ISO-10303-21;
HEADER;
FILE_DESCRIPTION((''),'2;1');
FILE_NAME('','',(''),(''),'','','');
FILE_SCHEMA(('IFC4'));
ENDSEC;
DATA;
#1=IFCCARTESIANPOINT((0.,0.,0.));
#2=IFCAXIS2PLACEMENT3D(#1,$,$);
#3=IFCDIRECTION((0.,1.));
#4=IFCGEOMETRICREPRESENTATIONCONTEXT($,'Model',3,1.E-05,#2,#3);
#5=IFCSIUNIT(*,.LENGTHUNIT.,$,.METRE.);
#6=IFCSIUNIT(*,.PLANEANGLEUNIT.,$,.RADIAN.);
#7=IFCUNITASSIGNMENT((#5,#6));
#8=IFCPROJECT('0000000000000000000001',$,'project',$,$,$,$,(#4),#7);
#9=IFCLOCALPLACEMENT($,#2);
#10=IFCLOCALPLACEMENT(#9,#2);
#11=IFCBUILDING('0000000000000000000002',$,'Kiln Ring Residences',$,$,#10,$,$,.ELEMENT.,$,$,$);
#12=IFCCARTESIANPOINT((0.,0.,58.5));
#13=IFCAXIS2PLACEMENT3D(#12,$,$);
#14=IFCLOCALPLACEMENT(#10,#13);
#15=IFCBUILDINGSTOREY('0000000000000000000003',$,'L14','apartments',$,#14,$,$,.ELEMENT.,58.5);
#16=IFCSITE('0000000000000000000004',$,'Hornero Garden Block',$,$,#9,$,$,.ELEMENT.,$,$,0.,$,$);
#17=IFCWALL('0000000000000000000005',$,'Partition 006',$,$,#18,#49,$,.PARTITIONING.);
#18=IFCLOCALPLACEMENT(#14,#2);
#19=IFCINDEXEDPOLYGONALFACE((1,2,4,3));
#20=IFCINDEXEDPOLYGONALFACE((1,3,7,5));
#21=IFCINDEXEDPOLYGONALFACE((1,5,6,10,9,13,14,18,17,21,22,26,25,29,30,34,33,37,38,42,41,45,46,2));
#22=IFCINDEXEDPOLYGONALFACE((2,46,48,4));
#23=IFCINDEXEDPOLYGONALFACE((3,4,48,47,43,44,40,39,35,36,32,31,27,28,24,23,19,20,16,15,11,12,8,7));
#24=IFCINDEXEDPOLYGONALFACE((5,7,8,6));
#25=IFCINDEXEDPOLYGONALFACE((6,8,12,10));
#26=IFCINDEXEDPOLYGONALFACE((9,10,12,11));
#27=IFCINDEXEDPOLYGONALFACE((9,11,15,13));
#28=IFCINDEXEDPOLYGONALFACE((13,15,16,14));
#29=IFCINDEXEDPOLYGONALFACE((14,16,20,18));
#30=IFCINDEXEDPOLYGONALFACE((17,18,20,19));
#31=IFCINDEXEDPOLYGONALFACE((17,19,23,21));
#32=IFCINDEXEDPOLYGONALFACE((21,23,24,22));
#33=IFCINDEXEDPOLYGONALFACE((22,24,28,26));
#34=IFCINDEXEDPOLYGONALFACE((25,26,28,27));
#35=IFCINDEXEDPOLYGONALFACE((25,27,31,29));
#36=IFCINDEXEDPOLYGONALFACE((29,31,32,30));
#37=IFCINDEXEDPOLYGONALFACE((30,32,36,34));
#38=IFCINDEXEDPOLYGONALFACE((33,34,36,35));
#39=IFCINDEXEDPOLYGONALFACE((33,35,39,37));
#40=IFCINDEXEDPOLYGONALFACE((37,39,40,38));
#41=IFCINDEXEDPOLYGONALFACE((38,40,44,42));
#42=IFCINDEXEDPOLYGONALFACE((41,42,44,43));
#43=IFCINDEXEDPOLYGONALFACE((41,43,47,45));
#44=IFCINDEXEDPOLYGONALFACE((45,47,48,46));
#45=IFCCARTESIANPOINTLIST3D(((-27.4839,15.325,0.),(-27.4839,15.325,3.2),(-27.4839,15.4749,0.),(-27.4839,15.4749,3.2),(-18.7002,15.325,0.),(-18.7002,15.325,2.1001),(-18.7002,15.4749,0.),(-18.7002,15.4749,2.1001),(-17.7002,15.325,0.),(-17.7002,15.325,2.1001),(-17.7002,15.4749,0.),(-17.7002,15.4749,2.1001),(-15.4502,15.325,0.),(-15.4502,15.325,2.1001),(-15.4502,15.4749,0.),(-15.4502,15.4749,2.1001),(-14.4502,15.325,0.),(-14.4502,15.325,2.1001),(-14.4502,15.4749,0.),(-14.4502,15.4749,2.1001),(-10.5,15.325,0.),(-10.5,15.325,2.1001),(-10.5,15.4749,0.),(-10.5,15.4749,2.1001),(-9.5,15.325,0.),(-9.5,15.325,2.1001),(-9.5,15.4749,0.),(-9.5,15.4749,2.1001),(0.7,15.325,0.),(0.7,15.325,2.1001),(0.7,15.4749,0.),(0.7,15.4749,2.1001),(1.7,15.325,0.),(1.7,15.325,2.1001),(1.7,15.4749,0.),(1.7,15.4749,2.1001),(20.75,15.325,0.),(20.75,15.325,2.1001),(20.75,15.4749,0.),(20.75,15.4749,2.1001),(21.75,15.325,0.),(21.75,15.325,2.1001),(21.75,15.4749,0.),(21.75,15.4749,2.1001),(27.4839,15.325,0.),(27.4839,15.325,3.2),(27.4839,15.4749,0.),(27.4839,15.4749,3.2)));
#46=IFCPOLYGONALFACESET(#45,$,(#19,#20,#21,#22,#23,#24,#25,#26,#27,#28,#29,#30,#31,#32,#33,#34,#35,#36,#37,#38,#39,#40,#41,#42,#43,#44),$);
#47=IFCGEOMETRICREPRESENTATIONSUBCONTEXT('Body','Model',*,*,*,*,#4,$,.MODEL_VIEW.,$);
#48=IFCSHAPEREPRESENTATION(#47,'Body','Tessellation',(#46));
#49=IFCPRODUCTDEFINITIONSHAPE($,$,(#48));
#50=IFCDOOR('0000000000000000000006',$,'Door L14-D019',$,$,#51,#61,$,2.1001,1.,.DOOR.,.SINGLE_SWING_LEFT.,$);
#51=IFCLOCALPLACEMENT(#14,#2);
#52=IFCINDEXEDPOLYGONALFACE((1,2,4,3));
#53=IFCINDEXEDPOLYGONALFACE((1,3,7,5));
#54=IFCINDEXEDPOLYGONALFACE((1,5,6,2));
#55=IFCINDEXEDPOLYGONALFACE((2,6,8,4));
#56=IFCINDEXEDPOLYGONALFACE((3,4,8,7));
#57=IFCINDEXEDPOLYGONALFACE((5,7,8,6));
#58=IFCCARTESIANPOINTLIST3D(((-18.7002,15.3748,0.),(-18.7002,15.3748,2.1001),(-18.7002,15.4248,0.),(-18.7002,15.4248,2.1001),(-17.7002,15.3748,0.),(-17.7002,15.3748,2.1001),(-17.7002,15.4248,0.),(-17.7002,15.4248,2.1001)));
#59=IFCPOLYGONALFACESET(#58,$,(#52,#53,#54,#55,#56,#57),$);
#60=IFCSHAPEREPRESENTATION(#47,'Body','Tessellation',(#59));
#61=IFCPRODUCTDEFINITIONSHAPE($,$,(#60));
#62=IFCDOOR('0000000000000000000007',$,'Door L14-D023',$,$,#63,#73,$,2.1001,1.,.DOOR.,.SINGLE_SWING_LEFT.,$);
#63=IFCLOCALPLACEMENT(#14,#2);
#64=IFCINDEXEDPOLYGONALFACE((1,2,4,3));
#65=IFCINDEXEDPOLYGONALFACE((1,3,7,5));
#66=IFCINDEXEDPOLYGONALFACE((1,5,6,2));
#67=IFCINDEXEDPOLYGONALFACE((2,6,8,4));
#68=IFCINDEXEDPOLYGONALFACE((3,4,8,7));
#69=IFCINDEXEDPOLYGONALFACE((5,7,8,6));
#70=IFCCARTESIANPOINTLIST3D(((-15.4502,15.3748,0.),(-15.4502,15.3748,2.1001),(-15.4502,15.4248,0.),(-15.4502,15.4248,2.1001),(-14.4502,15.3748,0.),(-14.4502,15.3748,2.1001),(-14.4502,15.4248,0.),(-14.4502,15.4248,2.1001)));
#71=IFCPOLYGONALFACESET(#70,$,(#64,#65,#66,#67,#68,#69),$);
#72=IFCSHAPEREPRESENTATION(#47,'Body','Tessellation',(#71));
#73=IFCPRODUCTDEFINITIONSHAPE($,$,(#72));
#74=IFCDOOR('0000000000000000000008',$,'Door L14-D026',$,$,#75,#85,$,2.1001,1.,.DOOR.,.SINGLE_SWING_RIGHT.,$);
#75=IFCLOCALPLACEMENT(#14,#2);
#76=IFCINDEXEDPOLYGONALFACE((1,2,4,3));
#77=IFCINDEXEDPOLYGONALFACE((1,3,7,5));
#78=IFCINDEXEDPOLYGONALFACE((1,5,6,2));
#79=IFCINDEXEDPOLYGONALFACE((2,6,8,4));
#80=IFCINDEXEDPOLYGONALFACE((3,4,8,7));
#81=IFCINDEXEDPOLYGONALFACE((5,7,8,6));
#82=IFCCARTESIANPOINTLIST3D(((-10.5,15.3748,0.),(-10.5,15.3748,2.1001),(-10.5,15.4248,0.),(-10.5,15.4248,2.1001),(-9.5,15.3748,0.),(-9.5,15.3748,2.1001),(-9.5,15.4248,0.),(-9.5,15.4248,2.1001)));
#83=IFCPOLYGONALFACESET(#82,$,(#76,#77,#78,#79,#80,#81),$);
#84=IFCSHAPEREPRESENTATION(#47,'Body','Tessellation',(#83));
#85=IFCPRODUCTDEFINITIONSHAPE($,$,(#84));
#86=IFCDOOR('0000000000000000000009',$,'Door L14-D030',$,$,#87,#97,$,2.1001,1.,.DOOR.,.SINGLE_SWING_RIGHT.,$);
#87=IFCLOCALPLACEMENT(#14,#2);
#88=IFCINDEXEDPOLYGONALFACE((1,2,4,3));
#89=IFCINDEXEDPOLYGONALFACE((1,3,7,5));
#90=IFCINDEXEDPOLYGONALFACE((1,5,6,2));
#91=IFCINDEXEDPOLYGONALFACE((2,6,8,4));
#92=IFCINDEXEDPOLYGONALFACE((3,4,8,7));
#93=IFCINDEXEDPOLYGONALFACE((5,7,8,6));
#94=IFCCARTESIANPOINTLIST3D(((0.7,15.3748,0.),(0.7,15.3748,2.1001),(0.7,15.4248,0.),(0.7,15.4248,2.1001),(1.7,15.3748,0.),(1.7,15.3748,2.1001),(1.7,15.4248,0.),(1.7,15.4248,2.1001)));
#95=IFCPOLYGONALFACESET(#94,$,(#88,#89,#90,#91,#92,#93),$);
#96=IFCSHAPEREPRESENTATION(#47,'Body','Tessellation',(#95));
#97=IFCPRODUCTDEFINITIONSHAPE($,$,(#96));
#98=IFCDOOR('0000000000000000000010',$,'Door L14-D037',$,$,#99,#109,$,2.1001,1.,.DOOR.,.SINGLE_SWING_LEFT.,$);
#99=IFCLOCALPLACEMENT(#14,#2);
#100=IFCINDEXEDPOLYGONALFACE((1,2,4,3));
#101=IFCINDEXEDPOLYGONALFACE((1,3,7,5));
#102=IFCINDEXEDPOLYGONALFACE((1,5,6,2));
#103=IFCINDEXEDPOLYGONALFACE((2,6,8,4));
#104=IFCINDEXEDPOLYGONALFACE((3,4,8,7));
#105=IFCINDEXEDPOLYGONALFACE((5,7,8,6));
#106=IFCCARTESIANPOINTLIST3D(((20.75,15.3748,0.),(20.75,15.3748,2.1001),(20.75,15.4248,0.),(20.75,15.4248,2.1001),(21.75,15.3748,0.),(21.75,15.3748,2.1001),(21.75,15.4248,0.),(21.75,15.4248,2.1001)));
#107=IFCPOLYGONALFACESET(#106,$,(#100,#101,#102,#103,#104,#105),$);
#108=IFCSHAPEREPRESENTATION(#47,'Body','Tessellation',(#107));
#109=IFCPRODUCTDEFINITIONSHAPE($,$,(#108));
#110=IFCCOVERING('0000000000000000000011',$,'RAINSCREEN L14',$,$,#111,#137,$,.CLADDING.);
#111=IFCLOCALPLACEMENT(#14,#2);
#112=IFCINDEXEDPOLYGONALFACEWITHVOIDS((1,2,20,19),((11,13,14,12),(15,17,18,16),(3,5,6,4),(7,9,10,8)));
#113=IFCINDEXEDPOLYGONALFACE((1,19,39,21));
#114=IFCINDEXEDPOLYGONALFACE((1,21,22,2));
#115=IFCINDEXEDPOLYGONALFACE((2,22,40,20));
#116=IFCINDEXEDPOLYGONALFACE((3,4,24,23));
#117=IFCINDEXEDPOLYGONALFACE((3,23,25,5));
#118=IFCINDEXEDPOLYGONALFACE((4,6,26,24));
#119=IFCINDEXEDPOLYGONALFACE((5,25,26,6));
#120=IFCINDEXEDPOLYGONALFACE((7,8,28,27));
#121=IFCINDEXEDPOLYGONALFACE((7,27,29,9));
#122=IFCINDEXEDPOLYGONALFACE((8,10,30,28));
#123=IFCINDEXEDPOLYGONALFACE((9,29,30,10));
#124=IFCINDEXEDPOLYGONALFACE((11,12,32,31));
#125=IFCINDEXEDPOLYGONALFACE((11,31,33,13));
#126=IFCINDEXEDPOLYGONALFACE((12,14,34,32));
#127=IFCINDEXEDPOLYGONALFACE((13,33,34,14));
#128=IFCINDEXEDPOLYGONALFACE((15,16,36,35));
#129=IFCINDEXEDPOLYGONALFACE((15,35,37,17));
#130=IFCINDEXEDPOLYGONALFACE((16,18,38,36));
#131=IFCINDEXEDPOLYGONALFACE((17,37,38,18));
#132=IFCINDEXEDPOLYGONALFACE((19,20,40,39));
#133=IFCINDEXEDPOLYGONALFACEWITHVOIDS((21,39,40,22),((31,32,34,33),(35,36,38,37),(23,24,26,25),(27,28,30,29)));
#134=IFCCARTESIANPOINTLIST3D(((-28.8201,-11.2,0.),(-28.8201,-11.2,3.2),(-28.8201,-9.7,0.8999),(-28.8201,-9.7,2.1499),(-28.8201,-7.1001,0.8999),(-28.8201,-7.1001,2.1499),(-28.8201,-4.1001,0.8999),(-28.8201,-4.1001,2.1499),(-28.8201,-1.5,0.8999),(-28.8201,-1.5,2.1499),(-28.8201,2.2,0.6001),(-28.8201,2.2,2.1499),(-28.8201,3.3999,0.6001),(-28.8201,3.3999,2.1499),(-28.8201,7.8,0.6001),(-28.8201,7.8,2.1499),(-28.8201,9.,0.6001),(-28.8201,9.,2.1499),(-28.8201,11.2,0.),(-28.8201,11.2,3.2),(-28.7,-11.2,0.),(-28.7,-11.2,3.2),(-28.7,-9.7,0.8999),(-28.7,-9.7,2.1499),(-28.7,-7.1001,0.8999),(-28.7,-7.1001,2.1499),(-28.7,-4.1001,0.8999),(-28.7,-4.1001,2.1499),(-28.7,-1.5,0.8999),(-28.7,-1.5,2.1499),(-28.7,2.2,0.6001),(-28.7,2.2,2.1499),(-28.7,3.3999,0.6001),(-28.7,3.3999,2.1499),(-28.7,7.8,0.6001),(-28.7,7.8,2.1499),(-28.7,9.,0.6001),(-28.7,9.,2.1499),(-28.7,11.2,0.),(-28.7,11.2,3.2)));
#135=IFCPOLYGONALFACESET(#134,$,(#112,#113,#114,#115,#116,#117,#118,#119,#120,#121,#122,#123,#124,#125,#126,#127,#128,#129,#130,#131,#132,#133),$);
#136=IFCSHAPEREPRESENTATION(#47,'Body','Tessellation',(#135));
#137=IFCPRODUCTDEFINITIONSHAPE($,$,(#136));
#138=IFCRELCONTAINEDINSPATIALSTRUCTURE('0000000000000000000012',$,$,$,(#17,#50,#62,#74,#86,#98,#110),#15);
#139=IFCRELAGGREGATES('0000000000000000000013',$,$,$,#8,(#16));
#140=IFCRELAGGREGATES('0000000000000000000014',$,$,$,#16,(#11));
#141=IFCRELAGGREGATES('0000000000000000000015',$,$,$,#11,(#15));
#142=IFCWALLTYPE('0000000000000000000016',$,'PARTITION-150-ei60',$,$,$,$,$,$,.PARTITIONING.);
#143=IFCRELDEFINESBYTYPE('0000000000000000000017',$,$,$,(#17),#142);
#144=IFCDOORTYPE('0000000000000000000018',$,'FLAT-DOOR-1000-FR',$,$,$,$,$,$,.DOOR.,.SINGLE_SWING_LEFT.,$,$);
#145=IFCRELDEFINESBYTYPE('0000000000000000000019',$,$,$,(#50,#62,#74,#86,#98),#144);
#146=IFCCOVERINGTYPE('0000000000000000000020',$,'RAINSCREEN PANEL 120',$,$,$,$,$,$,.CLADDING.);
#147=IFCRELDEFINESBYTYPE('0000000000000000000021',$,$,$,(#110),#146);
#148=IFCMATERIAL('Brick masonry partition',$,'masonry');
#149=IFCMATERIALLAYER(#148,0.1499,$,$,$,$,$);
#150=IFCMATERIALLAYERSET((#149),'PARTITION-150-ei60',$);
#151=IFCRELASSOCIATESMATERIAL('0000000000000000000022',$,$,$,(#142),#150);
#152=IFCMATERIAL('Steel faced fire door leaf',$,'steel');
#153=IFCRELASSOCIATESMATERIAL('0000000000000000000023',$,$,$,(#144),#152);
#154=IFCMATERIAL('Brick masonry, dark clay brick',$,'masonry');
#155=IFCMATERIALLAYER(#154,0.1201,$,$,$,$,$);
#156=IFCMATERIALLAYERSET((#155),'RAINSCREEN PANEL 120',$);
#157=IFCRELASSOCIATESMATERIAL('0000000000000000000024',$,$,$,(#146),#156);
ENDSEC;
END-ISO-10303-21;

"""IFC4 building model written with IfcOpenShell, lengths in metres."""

from ifc_helpers import new_model, si_unit, direction, frame, frame_2d, origin, place, context, subcontext, project, spatial, polyline, rectangle, outline, extrude, material, layer, layer_set, type_object, element, fill, save


model = new_model("IFC4")

# Units and contexts
model_context = context("Model", 3, precision=1e-05, world=origin(), true_north=direction((0.0, 1.0)))
body_context = subcontext(model_context, "Body", "Model", "MODEL_VIEW")
ifc_project = project(units=[si_unit("LENGTHUNIT", "METRE"), si_unit("PLANEANGLEUNIT", "RADIAN")], contexts=[model_context])

# Site, building, storey
site_placement = place(None, origin())
site = spatial("IfcSite", under=ifc_project, at=site_placement, Name="Hornero Garden Block", CompositionType="ELEMENT", RefElevation=0.0)
building_placement = place(site_placement, origin())
building = spatial("IfcBuilding", under=site, at=building_placement, Name="Kiln Ring Residences", CompositionType="ELEMENT")
storey_placement = place(building_placement, frame((0.0, 0.0, 58.5)))
storey = spatial("IfcBuildingStorey", under=building, at=storey_placement, Name="L14", Description="apartments", CompositionType="ELEMENT", Elevation=58.5)

# Wall, openings, doors
ifc_material_1 = material(Name="Brick masonry partition", Category="masonry")
ifc_layer_1 = layer(ifc_material_1, 0.1499)
ifc_layer_set_1 = layer_set([ifc_layer_1], Name="PARTITION-150-ei60")
wall_type_1 = type_object("IfcWallType", Name="PARTITION-150-ei60", PredefinedType="PARTITIONING", material=ifc_layer_set_1)
wall_1_placement = place(storey_placement, frame((-27.4839, 15.3999, 0.0), z_axis=(0.0, 0.0, 1.0), x_axis=(1.0, 0.0, 0.0)))
wall_1 = element("IfcWall", 1, at=wall_1_placement, inside=storey, type_object=wall_type_1, Name="Partition 006", PredefinedType="PARTITIONING", context=body_context, shape_type="SweptSolid", body=[
    extrude(rectangle(XDim=54.9678, YDim=0.1499, at=frame_2d((27.4839, 0.0))), origin(), (0.0, 0.0, 1.0), 3.2),
])
opening_1_placement = place(wall_1_placement, frame((8.7837, 0.0, 0.0)))
opening_1 = element("IfcOpeningElement", 2, at=opening_1_placement, cuts=wall_1, PredefinedType="OPENING", context=body_context, shape_type="SweptSolid", body=[
    extrude(rectangle(XDim=1.0, YDim=2.1001, at=frame_2d((0.5, 1.05))), frame((0.0, 0.085, 0.0), z_axis=(0.0, -1.0, 0.0), x_axis=(1.0, 0.0, 0.0)), (0.0, 0.0, 1.0), 0.1699),
])
opening_2_placement = place(wall_1_placement, frame((12.0337, 0.0, 0.0)))
opening_2 = element("IfcOpeningElement", 3, at=opening_2_placement, cuts=wall_1, PredefinedType="OPENING", context=body_context, shape_type="SweptSolid", body=[
    extrude(rectangle(XDim=1.0, YDim=2.1001, at=frame_2d((0.5, 1.05))), frame((0.0, 0.085, 0.0), z_axis=(0.0, -1.0, 0.0), x_axis=(1.0, 0.0, 0.0)), (0.0, 0.0, 1.0), 0.1699),
])
opening_3_placement = place(wall_1_placement, frame((16.9839, 0.0, 0.0)))
opening_3 = element("IfcOpeningElement", 4, at=opening_3_placement, cuts=wall_1, PredefinedType="OPENING", context=body_context, shape_type="SweptSolid", body=[
    extrude(rectangle(XDim=1.0, YDim=2.1001, at=frame_2d((0.5, 1.05))), frame((0.0, 0.085, 0.0), z_axis=(0.0, -1.0, 0.0), x_axis=(1.0, 0.0, 0.0)), (0.0, 0.0, 1.0), 0.1699),
])
opening_4_placement = place(wall_1_placement, frame((28.1838, 0.0, 0.0)))
opening_4 = element("IfcOpeningElement", 5, at=opening_4_placement, cuts=wall_1, PredefinedType="OPENING", context=body_context, shape_type="SweptSolid", body=[
    extrude(rectangle(XDim=1.0, YDim=2.1001, at=frame_2d((0.5, 1.05))), frame((0.0, 0.085, 0.0), z_axis=(0.0, -1.0, 0.0), x_axis=(1.0, 0.0, 0.0)), (0.0, 0.0, 1.0), 0.1699),
])
opening_5_placement = place(wall_1_placement, frame((48.2339, 0.0, 0.0)))
opening_5 = element("IfcOpeningElement", 6, at=opening_5_placement, cuts=wall_1, PredefinedType="OPENING", context=body_context, shape_type="SweptSolid", body=[
    extrude(rectangle(XDim=1.0, YDim=2.1001, at=frame_2d((0.5, 1.05))), frame((0.0, 0.085, 0.0), z_axis=(0.0, -1.0, 0.0), x_axis=(1.0, 0.0, 0.0)), (0.0, 0.0, 1.0), 0.1699),
])
ifc_material_2 = material(Name="Steel faced fire door leaf", Category="steel")
door_type_1 = type_object("IfcDoorType", Name="FLAT-DOOR-1000-FR", OperationType="SINGLE_SWING_LEFT", PredefinedType="DOOR", material=ifc_material_2)
door_1_placement = place(opening_1_placement, origin())
door_1 = element("IfcDoor", 7, at=door_1_placement, inside=storey, type_object=door_type_1, Name="Door L14-D019", OperationType="SINGLE_SWING_LEFT", OverallHeight=2.1001, OverallWidth=1.0, PredefinedType="DOOR", context=body_context, shape_type="SweptSolid", body=[
    extrude(rectangle(XDim=1.0, YDim=2.1001, at=frame_2d((0.5, 1.05))), frame((0.0, 0.0249, 0.0), z_axis=(0.0, -1.0, 0.0), x_axis=(1.0, 0.0, 0.0)), (0.0, 0.0, 1.0), 0.05),
])
fill(opening_1, door_1)
door_2_placement = place(opening_2_placement, origin())
door_2 = element("IfcDoor", 8, at=door_2_placement, inside=storey, type_object=door_type_1, Name="Door L14-D023", OperationType="SINGLE_SWING_LEFT", OverallHeight=2.1001, OverallWidth=1.0, PredefinedType="DOOR", context=body_context, shape_type="SweptSolid", body=[
    extrude(rectangle(XDim=1.0, YDim=2.1001, at=frame_2d((0.5, 1.05))), frame((0.0, 0.0249, 0.0), z_axis=(0.0, -1.0, 0.0), x_axis=(1.0, 0.0, 0.0)), (0.0, 0.0, 1.0), 0.05),
])
fill(opening_2, door_2)
door_3_placement = place(opening_3_placement, origin())
door_3 = element("IfcDoor", 9, at=door_3_placement, inside=storey, type_object=door_type_1, Name="Door L14-D026", OperationType="SINGLE_SWING_RIGHT", OverallHeight=2.1001, OverallWidth=1.0, PredefinedType="DOOR", context=body_context, shape_type="SweptSolid", body=[
    extrude(rectangle(XDim=1.0, YDim=2.1001, at=frame_2d((0.5, 1.05))), frame((0.0, 0.0249, 0.0), z_axis=(0.0, -1.0, 0.0), x_axis=(1.0, 0.0, 0.0)), (0.0, 0.0, 1.0), 0.05),
])
fill(opening_3, door_3)
door_4_placement = place(opening_4_placement, origin())
door_4 = element("IfcDoor", 10, at=door_4_placement, inside=storey, type_object=door_type_1, Name="Door L14-D030", OperationType="SINGLE_SWING_RIGHT", OverallHeight=2.1001, OverallWidth=1.0, PredefinedType="DOOR", context=body_context, shape_type="SweptSolid", body=[
    extrude(rectangle(XDim=1.0, YDim=2.1001, at=frame_2d((0.5, 1.05))), frame((0.0, 0.0249, 0.0), z_axis=(0.0, -1.0, 0.0), x_axis=(1.0, 0.0, 0.0)), (0.0, 0.0, 1.0), 0.05),
])
fill(opening_4, door_4)
door_5_placement = place(opening_5_placement, origin())
door_5 = element("IfcDoor", 11, at=door_5_placement, inside=storey, type_object=door_type_1, Name="Door L14-D037", OperationType="SINGLE_SWING_LEFT", OverallHeight=2.1001, OverallWidth=1.0, PredefinedType="DOOR", context=body_context, shape_type="SweptSolid", body=[
    extrude(rectangle(XDim=1.0, YDim=2.1001, at=frame_2d((0.5, 1.05))), frame((0.0, 0.0249, 0.0), z_axis=(0.0, -1.0, 0.0), x_axis=(1.0, 0.0, 0.0)), (0.0, 0.0, 1.0), 0.05),
])
fill(opening_5, door_5)

# Covering
ifc_material_3 = material(Name="Brick masonry, dark clay brick", Category="masonry")
ifc_layer_2 = layer(ifc_material_3, 0.1201)
ifc_layer_set_2 = layer_set([ifc_layer_2], Name="RAINSCREEN PANEL 120")
covering_type = type_object("IfcCoveringType", Name="RAINSCREEN PANEL 120", PredefinedType="CLADDING", material=ifc_layer_set_2)
covering_placement = place(storey_placement, frame((-28.76, 11.2, 0.0), z_axis=(0.0, 0.0, 1.0), x_axis=(0.0, -1.0, 0.0)))
element("IfcCovering", 12, at=covering_placement, inside=storey, type_object=covering_type, Name="RAINSCREEN L14", PredefinedType="CLADDING", context=body_context, shape_type="SweptSolid", body=[
    extrude(outline(polyline([(0.0, 0.0), (22.3999, 0.0), (22.3999, 3.2), (0.0, 3.2), (0.0, 0.0)]), holes=[polyline([(3.3999, 0.6001), (3.3999, 2.1499), (2.2, 2.1499), (2.2, 0.6001), (3.3999, 0.6001)]), polyline([(9.0, 0.6001), (9.0, 2.1499), (7.8, 2.1499), (7.8, 0.6001), (9.0, 0.6001)]), polyline([(15.3, 0.8999), (15.3, 2.1499), (12.7, 2.1499), (12.7, 0.8999), (15.3, 0.8999)]), polyline([(20.8999, 0.8999), (20.8999, 2.1499), (18.3, 2.1499), (18.3, 0.8999), (20.8999, 0.8999)])]), frame((0.0, 0.0601, 0.0), z_axis=(0.0, -1.0, 0.0), x_axis=(1.0, 0.0, 0.0)), (0.0, 0.0, 1.0), 0.1201),
])

save(model, "model.ifc")
